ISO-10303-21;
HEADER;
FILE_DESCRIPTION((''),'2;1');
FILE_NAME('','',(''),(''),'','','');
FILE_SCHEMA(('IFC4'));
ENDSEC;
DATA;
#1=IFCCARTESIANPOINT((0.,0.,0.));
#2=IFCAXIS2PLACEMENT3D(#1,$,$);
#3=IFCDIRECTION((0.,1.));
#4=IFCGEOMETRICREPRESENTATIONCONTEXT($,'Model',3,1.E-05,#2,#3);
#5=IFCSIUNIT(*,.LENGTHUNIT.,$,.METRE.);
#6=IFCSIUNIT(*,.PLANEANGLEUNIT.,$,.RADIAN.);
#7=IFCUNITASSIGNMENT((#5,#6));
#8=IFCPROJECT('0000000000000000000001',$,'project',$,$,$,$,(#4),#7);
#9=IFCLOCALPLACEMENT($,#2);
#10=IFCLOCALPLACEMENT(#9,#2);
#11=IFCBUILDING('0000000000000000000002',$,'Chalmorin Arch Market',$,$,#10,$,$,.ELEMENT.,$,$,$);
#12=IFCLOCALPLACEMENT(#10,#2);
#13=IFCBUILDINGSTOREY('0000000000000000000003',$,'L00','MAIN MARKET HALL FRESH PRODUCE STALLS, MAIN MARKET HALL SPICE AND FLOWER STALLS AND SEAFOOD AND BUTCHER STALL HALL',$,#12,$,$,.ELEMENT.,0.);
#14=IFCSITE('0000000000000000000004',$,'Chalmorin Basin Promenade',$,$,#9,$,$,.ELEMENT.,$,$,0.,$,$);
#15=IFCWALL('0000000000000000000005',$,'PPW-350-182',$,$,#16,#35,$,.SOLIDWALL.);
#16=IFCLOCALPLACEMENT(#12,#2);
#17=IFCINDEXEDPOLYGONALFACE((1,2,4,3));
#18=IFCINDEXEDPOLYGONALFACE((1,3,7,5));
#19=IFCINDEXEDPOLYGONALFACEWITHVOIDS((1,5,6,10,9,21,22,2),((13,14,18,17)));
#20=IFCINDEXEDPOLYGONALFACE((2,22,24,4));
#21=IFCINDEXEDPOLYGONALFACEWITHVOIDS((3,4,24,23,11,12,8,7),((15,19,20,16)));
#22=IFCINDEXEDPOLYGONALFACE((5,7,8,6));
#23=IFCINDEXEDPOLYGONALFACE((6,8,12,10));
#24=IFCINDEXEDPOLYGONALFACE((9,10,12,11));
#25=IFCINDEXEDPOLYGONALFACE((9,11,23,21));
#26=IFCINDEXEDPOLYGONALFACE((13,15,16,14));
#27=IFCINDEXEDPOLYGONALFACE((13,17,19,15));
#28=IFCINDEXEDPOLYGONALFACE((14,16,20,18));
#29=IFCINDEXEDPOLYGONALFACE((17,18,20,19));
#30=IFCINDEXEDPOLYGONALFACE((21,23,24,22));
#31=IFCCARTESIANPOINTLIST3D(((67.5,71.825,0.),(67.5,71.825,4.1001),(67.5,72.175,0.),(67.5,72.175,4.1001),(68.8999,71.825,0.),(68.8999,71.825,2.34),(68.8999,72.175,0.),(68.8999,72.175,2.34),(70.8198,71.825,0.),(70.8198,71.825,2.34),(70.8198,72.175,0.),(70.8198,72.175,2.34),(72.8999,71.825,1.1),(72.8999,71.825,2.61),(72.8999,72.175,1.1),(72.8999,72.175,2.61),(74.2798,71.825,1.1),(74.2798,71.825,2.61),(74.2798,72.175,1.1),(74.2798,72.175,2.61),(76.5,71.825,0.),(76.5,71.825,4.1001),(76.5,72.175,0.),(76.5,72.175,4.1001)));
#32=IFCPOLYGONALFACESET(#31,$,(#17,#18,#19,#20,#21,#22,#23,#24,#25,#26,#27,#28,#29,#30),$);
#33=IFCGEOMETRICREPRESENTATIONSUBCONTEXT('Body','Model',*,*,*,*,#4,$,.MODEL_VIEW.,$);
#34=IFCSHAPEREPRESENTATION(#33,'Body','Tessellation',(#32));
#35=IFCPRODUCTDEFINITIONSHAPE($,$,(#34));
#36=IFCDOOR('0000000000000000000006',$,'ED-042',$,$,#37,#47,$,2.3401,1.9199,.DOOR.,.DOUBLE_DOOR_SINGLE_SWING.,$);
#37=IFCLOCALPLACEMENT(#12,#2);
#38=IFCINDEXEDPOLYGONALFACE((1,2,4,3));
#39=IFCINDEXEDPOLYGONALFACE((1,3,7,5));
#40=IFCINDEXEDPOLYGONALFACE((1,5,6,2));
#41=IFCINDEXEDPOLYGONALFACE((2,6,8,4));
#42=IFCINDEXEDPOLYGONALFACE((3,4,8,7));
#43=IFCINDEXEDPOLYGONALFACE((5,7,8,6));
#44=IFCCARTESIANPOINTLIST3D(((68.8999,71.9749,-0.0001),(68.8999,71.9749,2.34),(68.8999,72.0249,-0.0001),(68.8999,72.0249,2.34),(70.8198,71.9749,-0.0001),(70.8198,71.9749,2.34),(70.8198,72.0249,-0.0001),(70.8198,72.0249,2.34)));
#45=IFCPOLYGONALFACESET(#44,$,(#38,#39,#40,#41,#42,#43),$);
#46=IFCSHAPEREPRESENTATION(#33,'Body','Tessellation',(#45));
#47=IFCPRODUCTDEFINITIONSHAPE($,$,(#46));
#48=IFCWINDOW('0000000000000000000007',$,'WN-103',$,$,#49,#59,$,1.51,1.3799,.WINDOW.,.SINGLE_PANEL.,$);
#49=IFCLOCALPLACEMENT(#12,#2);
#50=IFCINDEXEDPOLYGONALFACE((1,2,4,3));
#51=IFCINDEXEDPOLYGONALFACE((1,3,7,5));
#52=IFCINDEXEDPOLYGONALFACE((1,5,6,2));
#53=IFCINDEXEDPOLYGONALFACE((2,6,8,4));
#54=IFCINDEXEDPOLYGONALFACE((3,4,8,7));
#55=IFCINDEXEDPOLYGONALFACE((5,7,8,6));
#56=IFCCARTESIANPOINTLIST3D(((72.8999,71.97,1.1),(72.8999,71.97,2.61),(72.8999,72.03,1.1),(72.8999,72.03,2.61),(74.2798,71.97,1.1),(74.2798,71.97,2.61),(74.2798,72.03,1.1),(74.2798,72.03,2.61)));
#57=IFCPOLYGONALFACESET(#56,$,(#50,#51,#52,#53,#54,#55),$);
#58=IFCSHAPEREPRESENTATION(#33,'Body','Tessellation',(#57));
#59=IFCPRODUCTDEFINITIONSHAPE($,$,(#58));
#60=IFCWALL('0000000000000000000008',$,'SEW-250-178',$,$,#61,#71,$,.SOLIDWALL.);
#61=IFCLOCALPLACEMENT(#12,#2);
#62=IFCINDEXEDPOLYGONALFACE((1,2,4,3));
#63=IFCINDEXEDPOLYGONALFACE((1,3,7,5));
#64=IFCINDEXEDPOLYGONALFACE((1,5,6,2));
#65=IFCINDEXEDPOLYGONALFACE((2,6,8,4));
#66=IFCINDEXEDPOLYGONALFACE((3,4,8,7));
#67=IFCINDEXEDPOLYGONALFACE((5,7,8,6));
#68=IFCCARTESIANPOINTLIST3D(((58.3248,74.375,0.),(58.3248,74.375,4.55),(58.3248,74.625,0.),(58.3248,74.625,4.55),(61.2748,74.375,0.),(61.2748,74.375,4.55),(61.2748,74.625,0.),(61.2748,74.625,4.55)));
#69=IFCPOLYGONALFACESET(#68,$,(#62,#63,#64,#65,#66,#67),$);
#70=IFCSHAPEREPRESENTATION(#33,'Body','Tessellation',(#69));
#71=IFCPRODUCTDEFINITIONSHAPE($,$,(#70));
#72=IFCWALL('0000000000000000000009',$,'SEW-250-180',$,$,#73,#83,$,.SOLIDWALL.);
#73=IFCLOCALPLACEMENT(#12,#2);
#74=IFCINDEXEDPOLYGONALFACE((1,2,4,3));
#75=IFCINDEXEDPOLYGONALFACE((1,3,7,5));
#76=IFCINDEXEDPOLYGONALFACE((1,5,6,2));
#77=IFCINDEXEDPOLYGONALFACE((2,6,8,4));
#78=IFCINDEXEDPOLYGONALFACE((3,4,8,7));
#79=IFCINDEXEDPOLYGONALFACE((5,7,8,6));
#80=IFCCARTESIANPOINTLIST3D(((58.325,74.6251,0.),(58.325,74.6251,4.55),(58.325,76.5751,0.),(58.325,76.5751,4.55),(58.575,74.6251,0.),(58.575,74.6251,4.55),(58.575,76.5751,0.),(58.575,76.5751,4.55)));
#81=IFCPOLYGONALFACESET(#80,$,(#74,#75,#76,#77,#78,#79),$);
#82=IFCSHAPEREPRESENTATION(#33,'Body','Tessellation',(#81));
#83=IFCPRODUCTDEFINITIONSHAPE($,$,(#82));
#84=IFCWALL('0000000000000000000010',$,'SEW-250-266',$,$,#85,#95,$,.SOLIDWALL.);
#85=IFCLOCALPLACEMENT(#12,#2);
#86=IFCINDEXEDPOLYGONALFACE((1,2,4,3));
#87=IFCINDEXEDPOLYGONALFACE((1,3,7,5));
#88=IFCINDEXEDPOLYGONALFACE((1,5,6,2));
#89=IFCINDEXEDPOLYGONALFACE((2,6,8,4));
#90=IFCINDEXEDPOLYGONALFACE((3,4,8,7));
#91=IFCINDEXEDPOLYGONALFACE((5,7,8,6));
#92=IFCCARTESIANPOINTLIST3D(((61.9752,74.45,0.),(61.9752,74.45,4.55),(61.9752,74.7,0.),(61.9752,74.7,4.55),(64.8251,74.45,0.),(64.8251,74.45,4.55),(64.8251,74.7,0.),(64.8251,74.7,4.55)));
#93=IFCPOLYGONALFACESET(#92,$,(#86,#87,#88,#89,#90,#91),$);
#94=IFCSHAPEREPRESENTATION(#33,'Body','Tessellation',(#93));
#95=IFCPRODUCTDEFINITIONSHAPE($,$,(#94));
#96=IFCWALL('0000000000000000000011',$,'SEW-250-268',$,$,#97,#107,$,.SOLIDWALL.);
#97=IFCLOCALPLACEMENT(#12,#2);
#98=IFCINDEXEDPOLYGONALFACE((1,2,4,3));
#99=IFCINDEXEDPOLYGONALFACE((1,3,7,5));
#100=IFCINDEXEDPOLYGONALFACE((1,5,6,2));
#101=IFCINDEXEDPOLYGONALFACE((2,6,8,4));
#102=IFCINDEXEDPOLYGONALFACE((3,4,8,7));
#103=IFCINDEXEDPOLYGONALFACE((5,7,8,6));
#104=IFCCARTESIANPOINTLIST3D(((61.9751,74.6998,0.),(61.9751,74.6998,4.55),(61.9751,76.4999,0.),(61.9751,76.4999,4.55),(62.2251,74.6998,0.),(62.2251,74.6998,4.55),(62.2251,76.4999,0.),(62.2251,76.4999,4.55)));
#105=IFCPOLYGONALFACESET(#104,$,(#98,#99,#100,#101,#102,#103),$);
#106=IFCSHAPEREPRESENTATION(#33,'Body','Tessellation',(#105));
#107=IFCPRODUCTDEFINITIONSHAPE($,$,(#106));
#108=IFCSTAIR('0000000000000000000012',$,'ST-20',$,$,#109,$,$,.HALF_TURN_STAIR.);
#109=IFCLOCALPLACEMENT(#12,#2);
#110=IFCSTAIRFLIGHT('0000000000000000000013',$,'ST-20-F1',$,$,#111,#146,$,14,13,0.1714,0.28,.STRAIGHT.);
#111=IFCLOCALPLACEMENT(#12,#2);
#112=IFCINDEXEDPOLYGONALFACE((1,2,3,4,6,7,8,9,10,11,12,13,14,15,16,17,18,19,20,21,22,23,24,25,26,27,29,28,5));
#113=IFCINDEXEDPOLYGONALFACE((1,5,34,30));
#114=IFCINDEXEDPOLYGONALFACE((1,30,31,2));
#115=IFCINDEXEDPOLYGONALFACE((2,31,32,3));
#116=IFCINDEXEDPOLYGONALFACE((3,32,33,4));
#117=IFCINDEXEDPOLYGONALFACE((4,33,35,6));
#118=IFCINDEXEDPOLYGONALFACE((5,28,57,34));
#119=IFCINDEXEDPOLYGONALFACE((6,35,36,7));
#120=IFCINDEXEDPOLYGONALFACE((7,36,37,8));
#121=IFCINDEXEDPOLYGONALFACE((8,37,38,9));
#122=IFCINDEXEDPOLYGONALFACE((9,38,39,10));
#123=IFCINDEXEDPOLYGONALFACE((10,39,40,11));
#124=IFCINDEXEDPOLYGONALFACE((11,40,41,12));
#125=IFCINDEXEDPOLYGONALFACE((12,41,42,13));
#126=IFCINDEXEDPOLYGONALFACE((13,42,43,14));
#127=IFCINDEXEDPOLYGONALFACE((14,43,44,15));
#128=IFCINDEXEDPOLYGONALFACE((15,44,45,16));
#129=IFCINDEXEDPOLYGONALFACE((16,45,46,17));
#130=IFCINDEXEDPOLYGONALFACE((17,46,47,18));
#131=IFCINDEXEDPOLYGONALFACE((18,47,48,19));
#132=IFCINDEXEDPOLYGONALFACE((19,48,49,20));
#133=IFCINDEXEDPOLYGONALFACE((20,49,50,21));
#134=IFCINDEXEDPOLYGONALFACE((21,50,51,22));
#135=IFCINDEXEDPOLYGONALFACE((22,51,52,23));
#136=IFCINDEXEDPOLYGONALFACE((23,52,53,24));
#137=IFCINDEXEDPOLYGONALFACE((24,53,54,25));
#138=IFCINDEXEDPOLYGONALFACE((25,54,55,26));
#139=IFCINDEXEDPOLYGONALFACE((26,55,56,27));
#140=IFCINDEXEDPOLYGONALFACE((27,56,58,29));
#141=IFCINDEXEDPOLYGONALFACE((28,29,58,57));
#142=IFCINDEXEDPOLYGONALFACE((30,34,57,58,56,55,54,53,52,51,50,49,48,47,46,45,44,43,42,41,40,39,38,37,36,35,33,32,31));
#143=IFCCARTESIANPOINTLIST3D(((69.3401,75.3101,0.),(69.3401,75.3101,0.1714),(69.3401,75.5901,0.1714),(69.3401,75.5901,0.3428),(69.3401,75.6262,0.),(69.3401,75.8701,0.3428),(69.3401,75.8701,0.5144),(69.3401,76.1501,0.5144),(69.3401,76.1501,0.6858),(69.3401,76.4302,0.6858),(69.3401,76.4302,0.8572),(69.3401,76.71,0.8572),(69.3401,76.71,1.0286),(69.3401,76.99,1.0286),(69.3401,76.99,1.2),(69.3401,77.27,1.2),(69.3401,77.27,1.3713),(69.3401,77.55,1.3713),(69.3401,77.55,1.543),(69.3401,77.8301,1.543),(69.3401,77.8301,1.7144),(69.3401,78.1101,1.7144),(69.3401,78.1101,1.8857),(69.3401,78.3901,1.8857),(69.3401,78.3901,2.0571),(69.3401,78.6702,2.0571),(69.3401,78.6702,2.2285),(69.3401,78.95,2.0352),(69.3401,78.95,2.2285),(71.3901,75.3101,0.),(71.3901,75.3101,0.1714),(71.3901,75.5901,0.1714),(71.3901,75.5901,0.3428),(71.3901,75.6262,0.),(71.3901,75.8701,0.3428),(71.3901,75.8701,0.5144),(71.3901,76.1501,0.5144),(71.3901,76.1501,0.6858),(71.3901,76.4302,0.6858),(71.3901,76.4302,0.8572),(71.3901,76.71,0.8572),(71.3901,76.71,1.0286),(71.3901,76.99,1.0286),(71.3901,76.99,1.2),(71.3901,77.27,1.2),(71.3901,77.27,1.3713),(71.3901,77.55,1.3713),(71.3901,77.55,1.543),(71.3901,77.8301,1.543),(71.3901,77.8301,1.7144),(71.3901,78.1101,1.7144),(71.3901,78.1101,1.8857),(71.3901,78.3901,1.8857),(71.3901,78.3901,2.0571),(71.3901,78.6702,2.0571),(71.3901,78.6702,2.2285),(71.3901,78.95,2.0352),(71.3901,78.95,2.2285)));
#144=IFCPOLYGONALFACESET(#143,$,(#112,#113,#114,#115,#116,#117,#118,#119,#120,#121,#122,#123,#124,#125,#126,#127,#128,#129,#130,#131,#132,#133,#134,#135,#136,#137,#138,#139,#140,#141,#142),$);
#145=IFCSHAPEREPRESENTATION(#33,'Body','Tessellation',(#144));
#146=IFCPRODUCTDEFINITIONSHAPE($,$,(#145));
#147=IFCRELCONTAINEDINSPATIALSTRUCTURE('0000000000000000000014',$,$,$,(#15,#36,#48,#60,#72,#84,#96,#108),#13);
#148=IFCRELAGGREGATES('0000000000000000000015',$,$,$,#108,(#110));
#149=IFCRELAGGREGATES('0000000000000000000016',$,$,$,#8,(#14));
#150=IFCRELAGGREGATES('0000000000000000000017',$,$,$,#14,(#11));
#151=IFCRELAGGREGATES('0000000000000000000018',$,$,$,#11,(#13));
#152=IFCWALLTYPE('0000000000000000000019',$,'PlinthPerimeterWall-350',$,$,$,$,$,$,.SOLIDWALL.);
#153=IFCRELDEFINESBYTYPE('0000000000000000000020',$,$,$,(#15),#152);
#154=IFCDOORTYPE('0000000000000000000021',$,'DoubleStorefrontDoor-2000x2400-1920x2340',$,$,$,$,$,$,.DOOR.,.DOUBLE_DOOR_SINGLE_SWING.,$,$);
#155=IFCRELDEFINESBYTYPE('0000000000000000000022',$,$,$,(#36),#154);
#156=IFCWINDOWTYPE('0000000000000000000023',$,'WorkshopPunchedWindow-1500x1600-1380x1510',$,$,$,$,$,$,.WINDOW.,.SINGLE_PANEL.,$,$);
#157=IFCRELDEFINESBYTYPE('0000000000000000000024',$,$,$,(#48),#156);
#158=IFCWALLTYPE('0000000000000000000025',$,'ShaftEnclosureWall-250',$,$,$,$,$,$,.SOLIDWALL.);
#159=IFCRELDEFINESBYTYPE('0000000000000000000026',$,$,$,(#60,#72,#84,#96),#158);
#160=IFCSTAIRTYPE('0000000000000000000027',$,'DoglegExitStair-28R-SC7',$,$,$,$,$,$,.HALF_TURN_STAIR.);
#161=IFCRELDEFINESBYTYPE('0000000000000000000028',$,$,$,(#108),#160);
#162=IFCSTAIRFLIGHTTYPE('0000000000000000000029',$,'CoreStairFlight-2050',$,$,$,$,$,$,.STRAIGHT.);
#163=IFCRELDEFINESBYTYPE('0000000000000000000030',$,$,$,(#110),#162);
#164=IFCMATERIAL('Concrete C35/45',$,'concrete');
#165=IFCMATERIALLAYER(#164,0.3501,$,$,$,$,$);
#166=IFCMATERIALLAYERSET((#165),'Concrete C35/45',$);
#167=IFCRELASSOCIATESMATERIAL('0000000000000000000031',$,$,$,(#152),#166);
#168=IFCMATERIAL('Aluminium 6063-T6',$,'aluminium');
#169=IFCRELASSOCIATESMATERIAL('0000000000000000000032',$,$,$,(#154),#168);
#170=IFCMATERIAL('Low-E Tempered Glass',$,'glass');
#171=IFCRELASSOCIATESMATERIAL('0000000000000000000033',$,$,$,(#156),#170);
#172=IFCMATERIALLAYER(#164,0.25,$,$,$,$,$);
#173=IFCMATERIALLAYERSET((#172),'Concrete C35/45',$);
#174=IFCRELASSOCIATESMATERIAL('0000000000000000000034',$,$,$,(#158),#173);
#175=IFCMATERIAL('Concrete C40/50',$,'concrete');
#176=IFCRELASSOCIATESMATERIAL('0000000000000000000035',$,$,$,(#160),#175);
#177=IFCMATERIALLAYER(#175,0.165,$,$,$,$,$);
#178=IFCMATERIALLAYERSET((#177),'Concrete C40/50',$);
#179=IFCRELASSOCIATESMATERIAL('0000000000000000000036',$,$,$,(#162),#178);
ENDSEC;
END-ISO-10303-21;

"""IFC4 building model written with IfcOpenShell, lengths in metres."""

from ifc_helpers import new_model, si_unit, direction, frame, frame_2d, origin, place, context, subcontext, project, spatial, polyline, rectangle, outline, extrude, material, layer, layer_set, type_object, element, fill, aggregate, save


model = new_model("IFC4")

# Units and contexts
model_context = context("Model", 3, precision=1e-05, world=origin(), true_north=direction((0.0, 1.0)))
body_context = subcontext(model_context, "Body", "Model", "MODEL_VIEW")
ifc_project = project(units=[si_unit("LENGTHUNIT", "METRE"), si_unit("PLANEANGLEUNIT", "RADIAN")], contexts=[model_context])

# Site, building, storey
site_placement = place(None, origin())
site = spatial("IfcSite", under=ifc_project, at=site_placement, Name="Chalmorin Basin Promenade", CompositionType="ELEMENT", RefElevation=0.0)
building_placement = place(site_placement, origin())
building = spatial("IfcBuilding", under=site, at=building_placement, Name="Chalmorin Arch Market", CompositionType="ELEMENT")
storey_placement = place(building_placement, origin())
storey = spatial("IfcBuildingStorey", under=building, at=storey_placement, Name="L00", Description="MAIN MARKET HALL FRESH PRODUCE STALLS, MAIN MARKET HALL SPICE AND FLOWER STALLS AND SEAFOOD AND BUTCHER STALL HALL", CompositionType="ELEMENT", Elevation=0.0)

# Shared definitions
ifc_material_1 = material(Name="Concrete C40/50", Category="concrete")

# Shared definitions
ifc_material_2 = material(Name="Concrete C35/45", Category="concrete")
ifc_layer_1 = layer(ifc_material_2, 0.3501)
ifc_layer_set_1 = layer_set([ifc_layer_1], Name="Concrete C35/45")
wall_type_1 = type_object("IfcWallType", Name="PlinthPerimeterWall-350", PredefinedType="SOLIDWALL", material=ifc_layer_set_1)
ifc_material_3 = material(Name="Low-E Tempered Glass", Category="glass")

# Wall, openings, door, window
wall_1_placement = place(storey_placement, frame((67.5, 72.0, 0.0), z_axis=(0.0, 0.0, 1.0), x_axis=(1.0, 0.0, 0.0)))
wall_1 = element("IfcWall", 1, at=wall_1_placement, inside=storey, type_object=wall_type_1, Name="PPW-350-182", PredefinedType="SOLIDWALL", context=body_context, shape_type="SweptSolid", body=[
    extrude(rectangle(XDim=9.0, YDim=0.3501, at=frame_2d((4.5, 0.0))), origin(), (0.0, 0.0, 1.0), 4.1001),
])
opening_1_placement = place(wall_1_placement, frame((1.3999, 0.0, 0.0)))
opening_1 = element("IfcOpeningElement", 2, at=opening_1_placement, cuts=wall_1, PredefinedType="OPENING", context=body_context, shape_type="SweptSolid", body=[
    extrude(rectangle(XDim=1.9199, YDim=2.3401, at=frame_2d((0.96, 1.1699))), frame((0.0, 0.1851, 0.0), z_axis=(0.0, -1.0, 0.0), x_axis=(1.0, 0.0, 0.0)), (0.0, 0.0, 1.0), 0.3701),
])
opening_2_placement = place(wall_1_placement, frame((5.3999, 0.0, 1.1001)))
opening_2 = element("IfcOpeningElement", 3, at=opening_2_placement, cuts=wall_1, PredefinedType="OPENING", context=body_context, shape_type="SweptSolid", body=[
    extrude(rectangle(XDim=1.3799, YDim=1.51, at=frame_2d((0.6899, 0.7549))), frame((0.0, 0.1851, 0.0), z_axis=(0.0, -1.0, 0.0), x_axis=(1.0, 0.0, 0.0)), (0.0, 0.0, 1.0), 0.3701),
])
ifc_material_4 = material(Name="Aluminium 6063-T6", Category="aluminium")
door_type = type_object("IfcDoorType", Name="DoubleStorefrontDoor-2000x2400-1920x2340", OperationType="DOUBLE_DOOR_SINGLE_SWING", PredefinedType="DOOR", material=ifc_material_4)
door_placement = place(opening_1_placement, origin())
door = element("IfcDoor", 4, at=door_placement, inside=storey, type_object=door_type, Name="ED-042", OperationType="DOUBLE_DOOR_SINGLE_SWING", OverallHeight=2.3401, OverallWidth=1.9199, PredefinedType="DOOR", context=body_context, shape_type="SweptSolid", body=[
    extrude(rectangle(XDim=1.9199, YDim=2.3401, at=frame_2d((0.96, 1.1699))), frame((0.0, 0.0249, 0.0), z_axis=(0.0, -1.0, 0.0), x_axis=(1.0, 0.0, 0.0)), (0.0, 0.0, 1.0), 0.05),
])
fill(opening_1, door)
window_type_1 = type_object("IfcWindowType", Name="WorkshopPunchedWindow-1500x1600-1380x1510", PartitioningType="SINGLE_PANEL", PredefinedType="WINDOW", material=ifc_material_3)
window_1_placement = place(opening_2_placement, origin())
window_1 = element("IfcWindow", 5, at=window_1_placement, inside=storey, type_object=window_type_1, Name="WN-103", OverallHeight=1.51, OverallWidth=1.3799, PartitioningType="SINGLE_PANEL", PredefinedType="WINDOW", context=body_context, shape_type="SweptSolid", body=[
    extrude(rectangle(XDim=1.3799, YDim=1.51, at=frame_2d((0.6899, 0.7549))), frame((0.0, 0.03, 0.0), z_axis=(0.0, -1.0, 0.0), x_axis=(1.0, 0.0, 0.0)), (0.0, 0.0, 1.0), 0.0601),
])
fill(opening_2, window_1)

# Walls
ifc_layer_2 = layer(ifc_material_2, 0.25)
ifc_layer_set_2 = layer_set([ifc_layer_2], Name="Concrete C35/45")
wall_type_2 = type_object("IfcWallType", Name="ShaftEnclosureWall-250", PredefinedType="SOLIDWALL", material=ifc_layer_set_2)
wall_2_placement = place(storey_placement, frame((61.2749, 74.5, 0.0), z_axis=(0.0, 0.0, 1.0), x_axis=(-1.0, 0.0, 0.0)))
element("IfcWall", 6, at=wall_2_placement, inside=storey, type_object=wall_type_2, Name="SEW-250-178", PredefinedType="SOLIDWALL", context=body_context, shape_type="SweptSolid", body=[
    extrude(rectangle(XDim=2.95, YDim=0.25, at=frame_2d((1.4751, 0.0))), origin(), (0.0, 0.0, 1.0), 4.55),
])
wall_3_placement = place(storey_placement, frame((58.45, 74.625, 0.0), z_axis=(0.0, 0.0, 1.0), x_axis=(0.0, 1.0, 0.0)))
element("IfcWall", 7, at=wall_3_placement, inside=storey, type_object=wall_type_2, Name="SEW-250-180", PredefinedType="SOLIDWALL", context=body_context, shape_type="SweptSolid", body=[
    extrude(rectangle(XDim=1.95, YDim=0.25, at=frame_2d((0.9751, 0.0))), origin(), (0.0, 0.0, 1.0), 4.55),
])
wall_4_placement = place(storey_placement, frame((64.825, 74.575, 0.0), z_axis=(0.0, 0.0, 1.0), x_axis=(-1.0, 0.0, 0.0)))
element("IfcWall", 8, at=wall_4_placement, inside=storey, type_object=wall_type_2, Name="SEW-250-266", PredefinedType="SOLIDWALL", context=body_context, shape_type="SweptSolid", body=[
    extrude(rectangle(XDim=2.8499, YDim=0.25, at=frame_2d((1.4248, 0.0))), origin(), (0.0, 0.0, 1.0), 4.55),
])
wall_5_placement = place(storey_placement, frame((62.1001, 74.7, 0.0), z_axis=(0.0, 0.0, 1.0), x_axis=(0.0, 1.0, 0.0)))
element("IfcWall", 9, at=wall_5_placement, inside=storey, type_object=wall_type_2, Name="SEW-250-268", PredefinedType="SOLIDWALL", context=body_context, shape_type="SweptSolid", body=[
    extrude(rectangle(XDim=1.8, YDim=0.25, at=frame_2d((0.8999, 0.0))), origin(), (0.0, 0.0, 1.0), 4.55),
])

# Stair, stair flight
stair_type = type_object("IfcStairType", Name="DoglegExitStair-28R-SC7", PredefinedType="HALF_TURN_STAIR", material=ifc_material_1)
stair_placement = place(storey_placement, origin())
stair = element("IfcStair", 10, at=stair_placement, inside=storey, type_object=stair_type, Name="ST-20", PredefinedType="HALF_TURN_STAIR")
ifc_layer_3 = layer(ifc_material_1, 0.165)
ifc_layer_set_3 = layer_set([ifc_layer_3], Name="Concrete C40/50")
stair_flight_type = type_object("IfcStairFlightType", Name="CoreStairFlight-2050", PredefinedType="STRAIGHT", material=ifc_layer_set_3)
stair_flight_placement = place(storey_placement, frame((70.365, 75.3101, 0.0), z_axis=(0.0, 0.0, 1.0), x_axis=(0.0, 1.0, 0.0)))
stair_flight = element("IfcStairFlight", 11, at=stair_flight_placement, type_object=stair_flight_type, Name="ST-20-F1", NumberOfRisers=14, NumberOfTreads=13, PredefinedType="STRAIGHT", RiserHeight=0.1714, TreadLength=0.28, context=body_context, shape_type="SweptSolid", body=[
    extrude(outline(polyline([(0.0, 0.0), (0.0, 0.1714), (0.28, 0.1714), (0.28, 0.3428), (0.5601, 0.3428), (0.5601, 0.5144), (0.8401, 0.5144), (0.8401, 0.6858), (1.1201, 0.6858), (1.1201, 0.8572), (1.3999, 0.8572), (1.3999, 1.0286), (1.6799, 1.0286), (1.6799, 1.2), (1.96, 1.2), (1.96, 1.3713), (2.24, 1.3713), (2.24, 1.543), (2.52, 1.543), (2.52, 1.7144), (2.8, 1.7144), (2.8, 1.8857), (3.0801, 1.8857), (3.0801, 2.0571), (3.3601, 2.0571), (3.3601, 2.2285), (3.6399, 2.2285), (3.6399, 2.3999), (3.6399, 2.0352), (0.3162, 0.0), (0.0, 0.0)])), frame((0.0, 1.0249, 0.0), z_axis=(0.0, -1.0, 0.0), x_axis=(1.0, 0.0, 0.0)), (0.0, 0.0, 1.0), 2.05),
])
aggregate(stair, [stair_flight])

save(model, "model.ifc")
